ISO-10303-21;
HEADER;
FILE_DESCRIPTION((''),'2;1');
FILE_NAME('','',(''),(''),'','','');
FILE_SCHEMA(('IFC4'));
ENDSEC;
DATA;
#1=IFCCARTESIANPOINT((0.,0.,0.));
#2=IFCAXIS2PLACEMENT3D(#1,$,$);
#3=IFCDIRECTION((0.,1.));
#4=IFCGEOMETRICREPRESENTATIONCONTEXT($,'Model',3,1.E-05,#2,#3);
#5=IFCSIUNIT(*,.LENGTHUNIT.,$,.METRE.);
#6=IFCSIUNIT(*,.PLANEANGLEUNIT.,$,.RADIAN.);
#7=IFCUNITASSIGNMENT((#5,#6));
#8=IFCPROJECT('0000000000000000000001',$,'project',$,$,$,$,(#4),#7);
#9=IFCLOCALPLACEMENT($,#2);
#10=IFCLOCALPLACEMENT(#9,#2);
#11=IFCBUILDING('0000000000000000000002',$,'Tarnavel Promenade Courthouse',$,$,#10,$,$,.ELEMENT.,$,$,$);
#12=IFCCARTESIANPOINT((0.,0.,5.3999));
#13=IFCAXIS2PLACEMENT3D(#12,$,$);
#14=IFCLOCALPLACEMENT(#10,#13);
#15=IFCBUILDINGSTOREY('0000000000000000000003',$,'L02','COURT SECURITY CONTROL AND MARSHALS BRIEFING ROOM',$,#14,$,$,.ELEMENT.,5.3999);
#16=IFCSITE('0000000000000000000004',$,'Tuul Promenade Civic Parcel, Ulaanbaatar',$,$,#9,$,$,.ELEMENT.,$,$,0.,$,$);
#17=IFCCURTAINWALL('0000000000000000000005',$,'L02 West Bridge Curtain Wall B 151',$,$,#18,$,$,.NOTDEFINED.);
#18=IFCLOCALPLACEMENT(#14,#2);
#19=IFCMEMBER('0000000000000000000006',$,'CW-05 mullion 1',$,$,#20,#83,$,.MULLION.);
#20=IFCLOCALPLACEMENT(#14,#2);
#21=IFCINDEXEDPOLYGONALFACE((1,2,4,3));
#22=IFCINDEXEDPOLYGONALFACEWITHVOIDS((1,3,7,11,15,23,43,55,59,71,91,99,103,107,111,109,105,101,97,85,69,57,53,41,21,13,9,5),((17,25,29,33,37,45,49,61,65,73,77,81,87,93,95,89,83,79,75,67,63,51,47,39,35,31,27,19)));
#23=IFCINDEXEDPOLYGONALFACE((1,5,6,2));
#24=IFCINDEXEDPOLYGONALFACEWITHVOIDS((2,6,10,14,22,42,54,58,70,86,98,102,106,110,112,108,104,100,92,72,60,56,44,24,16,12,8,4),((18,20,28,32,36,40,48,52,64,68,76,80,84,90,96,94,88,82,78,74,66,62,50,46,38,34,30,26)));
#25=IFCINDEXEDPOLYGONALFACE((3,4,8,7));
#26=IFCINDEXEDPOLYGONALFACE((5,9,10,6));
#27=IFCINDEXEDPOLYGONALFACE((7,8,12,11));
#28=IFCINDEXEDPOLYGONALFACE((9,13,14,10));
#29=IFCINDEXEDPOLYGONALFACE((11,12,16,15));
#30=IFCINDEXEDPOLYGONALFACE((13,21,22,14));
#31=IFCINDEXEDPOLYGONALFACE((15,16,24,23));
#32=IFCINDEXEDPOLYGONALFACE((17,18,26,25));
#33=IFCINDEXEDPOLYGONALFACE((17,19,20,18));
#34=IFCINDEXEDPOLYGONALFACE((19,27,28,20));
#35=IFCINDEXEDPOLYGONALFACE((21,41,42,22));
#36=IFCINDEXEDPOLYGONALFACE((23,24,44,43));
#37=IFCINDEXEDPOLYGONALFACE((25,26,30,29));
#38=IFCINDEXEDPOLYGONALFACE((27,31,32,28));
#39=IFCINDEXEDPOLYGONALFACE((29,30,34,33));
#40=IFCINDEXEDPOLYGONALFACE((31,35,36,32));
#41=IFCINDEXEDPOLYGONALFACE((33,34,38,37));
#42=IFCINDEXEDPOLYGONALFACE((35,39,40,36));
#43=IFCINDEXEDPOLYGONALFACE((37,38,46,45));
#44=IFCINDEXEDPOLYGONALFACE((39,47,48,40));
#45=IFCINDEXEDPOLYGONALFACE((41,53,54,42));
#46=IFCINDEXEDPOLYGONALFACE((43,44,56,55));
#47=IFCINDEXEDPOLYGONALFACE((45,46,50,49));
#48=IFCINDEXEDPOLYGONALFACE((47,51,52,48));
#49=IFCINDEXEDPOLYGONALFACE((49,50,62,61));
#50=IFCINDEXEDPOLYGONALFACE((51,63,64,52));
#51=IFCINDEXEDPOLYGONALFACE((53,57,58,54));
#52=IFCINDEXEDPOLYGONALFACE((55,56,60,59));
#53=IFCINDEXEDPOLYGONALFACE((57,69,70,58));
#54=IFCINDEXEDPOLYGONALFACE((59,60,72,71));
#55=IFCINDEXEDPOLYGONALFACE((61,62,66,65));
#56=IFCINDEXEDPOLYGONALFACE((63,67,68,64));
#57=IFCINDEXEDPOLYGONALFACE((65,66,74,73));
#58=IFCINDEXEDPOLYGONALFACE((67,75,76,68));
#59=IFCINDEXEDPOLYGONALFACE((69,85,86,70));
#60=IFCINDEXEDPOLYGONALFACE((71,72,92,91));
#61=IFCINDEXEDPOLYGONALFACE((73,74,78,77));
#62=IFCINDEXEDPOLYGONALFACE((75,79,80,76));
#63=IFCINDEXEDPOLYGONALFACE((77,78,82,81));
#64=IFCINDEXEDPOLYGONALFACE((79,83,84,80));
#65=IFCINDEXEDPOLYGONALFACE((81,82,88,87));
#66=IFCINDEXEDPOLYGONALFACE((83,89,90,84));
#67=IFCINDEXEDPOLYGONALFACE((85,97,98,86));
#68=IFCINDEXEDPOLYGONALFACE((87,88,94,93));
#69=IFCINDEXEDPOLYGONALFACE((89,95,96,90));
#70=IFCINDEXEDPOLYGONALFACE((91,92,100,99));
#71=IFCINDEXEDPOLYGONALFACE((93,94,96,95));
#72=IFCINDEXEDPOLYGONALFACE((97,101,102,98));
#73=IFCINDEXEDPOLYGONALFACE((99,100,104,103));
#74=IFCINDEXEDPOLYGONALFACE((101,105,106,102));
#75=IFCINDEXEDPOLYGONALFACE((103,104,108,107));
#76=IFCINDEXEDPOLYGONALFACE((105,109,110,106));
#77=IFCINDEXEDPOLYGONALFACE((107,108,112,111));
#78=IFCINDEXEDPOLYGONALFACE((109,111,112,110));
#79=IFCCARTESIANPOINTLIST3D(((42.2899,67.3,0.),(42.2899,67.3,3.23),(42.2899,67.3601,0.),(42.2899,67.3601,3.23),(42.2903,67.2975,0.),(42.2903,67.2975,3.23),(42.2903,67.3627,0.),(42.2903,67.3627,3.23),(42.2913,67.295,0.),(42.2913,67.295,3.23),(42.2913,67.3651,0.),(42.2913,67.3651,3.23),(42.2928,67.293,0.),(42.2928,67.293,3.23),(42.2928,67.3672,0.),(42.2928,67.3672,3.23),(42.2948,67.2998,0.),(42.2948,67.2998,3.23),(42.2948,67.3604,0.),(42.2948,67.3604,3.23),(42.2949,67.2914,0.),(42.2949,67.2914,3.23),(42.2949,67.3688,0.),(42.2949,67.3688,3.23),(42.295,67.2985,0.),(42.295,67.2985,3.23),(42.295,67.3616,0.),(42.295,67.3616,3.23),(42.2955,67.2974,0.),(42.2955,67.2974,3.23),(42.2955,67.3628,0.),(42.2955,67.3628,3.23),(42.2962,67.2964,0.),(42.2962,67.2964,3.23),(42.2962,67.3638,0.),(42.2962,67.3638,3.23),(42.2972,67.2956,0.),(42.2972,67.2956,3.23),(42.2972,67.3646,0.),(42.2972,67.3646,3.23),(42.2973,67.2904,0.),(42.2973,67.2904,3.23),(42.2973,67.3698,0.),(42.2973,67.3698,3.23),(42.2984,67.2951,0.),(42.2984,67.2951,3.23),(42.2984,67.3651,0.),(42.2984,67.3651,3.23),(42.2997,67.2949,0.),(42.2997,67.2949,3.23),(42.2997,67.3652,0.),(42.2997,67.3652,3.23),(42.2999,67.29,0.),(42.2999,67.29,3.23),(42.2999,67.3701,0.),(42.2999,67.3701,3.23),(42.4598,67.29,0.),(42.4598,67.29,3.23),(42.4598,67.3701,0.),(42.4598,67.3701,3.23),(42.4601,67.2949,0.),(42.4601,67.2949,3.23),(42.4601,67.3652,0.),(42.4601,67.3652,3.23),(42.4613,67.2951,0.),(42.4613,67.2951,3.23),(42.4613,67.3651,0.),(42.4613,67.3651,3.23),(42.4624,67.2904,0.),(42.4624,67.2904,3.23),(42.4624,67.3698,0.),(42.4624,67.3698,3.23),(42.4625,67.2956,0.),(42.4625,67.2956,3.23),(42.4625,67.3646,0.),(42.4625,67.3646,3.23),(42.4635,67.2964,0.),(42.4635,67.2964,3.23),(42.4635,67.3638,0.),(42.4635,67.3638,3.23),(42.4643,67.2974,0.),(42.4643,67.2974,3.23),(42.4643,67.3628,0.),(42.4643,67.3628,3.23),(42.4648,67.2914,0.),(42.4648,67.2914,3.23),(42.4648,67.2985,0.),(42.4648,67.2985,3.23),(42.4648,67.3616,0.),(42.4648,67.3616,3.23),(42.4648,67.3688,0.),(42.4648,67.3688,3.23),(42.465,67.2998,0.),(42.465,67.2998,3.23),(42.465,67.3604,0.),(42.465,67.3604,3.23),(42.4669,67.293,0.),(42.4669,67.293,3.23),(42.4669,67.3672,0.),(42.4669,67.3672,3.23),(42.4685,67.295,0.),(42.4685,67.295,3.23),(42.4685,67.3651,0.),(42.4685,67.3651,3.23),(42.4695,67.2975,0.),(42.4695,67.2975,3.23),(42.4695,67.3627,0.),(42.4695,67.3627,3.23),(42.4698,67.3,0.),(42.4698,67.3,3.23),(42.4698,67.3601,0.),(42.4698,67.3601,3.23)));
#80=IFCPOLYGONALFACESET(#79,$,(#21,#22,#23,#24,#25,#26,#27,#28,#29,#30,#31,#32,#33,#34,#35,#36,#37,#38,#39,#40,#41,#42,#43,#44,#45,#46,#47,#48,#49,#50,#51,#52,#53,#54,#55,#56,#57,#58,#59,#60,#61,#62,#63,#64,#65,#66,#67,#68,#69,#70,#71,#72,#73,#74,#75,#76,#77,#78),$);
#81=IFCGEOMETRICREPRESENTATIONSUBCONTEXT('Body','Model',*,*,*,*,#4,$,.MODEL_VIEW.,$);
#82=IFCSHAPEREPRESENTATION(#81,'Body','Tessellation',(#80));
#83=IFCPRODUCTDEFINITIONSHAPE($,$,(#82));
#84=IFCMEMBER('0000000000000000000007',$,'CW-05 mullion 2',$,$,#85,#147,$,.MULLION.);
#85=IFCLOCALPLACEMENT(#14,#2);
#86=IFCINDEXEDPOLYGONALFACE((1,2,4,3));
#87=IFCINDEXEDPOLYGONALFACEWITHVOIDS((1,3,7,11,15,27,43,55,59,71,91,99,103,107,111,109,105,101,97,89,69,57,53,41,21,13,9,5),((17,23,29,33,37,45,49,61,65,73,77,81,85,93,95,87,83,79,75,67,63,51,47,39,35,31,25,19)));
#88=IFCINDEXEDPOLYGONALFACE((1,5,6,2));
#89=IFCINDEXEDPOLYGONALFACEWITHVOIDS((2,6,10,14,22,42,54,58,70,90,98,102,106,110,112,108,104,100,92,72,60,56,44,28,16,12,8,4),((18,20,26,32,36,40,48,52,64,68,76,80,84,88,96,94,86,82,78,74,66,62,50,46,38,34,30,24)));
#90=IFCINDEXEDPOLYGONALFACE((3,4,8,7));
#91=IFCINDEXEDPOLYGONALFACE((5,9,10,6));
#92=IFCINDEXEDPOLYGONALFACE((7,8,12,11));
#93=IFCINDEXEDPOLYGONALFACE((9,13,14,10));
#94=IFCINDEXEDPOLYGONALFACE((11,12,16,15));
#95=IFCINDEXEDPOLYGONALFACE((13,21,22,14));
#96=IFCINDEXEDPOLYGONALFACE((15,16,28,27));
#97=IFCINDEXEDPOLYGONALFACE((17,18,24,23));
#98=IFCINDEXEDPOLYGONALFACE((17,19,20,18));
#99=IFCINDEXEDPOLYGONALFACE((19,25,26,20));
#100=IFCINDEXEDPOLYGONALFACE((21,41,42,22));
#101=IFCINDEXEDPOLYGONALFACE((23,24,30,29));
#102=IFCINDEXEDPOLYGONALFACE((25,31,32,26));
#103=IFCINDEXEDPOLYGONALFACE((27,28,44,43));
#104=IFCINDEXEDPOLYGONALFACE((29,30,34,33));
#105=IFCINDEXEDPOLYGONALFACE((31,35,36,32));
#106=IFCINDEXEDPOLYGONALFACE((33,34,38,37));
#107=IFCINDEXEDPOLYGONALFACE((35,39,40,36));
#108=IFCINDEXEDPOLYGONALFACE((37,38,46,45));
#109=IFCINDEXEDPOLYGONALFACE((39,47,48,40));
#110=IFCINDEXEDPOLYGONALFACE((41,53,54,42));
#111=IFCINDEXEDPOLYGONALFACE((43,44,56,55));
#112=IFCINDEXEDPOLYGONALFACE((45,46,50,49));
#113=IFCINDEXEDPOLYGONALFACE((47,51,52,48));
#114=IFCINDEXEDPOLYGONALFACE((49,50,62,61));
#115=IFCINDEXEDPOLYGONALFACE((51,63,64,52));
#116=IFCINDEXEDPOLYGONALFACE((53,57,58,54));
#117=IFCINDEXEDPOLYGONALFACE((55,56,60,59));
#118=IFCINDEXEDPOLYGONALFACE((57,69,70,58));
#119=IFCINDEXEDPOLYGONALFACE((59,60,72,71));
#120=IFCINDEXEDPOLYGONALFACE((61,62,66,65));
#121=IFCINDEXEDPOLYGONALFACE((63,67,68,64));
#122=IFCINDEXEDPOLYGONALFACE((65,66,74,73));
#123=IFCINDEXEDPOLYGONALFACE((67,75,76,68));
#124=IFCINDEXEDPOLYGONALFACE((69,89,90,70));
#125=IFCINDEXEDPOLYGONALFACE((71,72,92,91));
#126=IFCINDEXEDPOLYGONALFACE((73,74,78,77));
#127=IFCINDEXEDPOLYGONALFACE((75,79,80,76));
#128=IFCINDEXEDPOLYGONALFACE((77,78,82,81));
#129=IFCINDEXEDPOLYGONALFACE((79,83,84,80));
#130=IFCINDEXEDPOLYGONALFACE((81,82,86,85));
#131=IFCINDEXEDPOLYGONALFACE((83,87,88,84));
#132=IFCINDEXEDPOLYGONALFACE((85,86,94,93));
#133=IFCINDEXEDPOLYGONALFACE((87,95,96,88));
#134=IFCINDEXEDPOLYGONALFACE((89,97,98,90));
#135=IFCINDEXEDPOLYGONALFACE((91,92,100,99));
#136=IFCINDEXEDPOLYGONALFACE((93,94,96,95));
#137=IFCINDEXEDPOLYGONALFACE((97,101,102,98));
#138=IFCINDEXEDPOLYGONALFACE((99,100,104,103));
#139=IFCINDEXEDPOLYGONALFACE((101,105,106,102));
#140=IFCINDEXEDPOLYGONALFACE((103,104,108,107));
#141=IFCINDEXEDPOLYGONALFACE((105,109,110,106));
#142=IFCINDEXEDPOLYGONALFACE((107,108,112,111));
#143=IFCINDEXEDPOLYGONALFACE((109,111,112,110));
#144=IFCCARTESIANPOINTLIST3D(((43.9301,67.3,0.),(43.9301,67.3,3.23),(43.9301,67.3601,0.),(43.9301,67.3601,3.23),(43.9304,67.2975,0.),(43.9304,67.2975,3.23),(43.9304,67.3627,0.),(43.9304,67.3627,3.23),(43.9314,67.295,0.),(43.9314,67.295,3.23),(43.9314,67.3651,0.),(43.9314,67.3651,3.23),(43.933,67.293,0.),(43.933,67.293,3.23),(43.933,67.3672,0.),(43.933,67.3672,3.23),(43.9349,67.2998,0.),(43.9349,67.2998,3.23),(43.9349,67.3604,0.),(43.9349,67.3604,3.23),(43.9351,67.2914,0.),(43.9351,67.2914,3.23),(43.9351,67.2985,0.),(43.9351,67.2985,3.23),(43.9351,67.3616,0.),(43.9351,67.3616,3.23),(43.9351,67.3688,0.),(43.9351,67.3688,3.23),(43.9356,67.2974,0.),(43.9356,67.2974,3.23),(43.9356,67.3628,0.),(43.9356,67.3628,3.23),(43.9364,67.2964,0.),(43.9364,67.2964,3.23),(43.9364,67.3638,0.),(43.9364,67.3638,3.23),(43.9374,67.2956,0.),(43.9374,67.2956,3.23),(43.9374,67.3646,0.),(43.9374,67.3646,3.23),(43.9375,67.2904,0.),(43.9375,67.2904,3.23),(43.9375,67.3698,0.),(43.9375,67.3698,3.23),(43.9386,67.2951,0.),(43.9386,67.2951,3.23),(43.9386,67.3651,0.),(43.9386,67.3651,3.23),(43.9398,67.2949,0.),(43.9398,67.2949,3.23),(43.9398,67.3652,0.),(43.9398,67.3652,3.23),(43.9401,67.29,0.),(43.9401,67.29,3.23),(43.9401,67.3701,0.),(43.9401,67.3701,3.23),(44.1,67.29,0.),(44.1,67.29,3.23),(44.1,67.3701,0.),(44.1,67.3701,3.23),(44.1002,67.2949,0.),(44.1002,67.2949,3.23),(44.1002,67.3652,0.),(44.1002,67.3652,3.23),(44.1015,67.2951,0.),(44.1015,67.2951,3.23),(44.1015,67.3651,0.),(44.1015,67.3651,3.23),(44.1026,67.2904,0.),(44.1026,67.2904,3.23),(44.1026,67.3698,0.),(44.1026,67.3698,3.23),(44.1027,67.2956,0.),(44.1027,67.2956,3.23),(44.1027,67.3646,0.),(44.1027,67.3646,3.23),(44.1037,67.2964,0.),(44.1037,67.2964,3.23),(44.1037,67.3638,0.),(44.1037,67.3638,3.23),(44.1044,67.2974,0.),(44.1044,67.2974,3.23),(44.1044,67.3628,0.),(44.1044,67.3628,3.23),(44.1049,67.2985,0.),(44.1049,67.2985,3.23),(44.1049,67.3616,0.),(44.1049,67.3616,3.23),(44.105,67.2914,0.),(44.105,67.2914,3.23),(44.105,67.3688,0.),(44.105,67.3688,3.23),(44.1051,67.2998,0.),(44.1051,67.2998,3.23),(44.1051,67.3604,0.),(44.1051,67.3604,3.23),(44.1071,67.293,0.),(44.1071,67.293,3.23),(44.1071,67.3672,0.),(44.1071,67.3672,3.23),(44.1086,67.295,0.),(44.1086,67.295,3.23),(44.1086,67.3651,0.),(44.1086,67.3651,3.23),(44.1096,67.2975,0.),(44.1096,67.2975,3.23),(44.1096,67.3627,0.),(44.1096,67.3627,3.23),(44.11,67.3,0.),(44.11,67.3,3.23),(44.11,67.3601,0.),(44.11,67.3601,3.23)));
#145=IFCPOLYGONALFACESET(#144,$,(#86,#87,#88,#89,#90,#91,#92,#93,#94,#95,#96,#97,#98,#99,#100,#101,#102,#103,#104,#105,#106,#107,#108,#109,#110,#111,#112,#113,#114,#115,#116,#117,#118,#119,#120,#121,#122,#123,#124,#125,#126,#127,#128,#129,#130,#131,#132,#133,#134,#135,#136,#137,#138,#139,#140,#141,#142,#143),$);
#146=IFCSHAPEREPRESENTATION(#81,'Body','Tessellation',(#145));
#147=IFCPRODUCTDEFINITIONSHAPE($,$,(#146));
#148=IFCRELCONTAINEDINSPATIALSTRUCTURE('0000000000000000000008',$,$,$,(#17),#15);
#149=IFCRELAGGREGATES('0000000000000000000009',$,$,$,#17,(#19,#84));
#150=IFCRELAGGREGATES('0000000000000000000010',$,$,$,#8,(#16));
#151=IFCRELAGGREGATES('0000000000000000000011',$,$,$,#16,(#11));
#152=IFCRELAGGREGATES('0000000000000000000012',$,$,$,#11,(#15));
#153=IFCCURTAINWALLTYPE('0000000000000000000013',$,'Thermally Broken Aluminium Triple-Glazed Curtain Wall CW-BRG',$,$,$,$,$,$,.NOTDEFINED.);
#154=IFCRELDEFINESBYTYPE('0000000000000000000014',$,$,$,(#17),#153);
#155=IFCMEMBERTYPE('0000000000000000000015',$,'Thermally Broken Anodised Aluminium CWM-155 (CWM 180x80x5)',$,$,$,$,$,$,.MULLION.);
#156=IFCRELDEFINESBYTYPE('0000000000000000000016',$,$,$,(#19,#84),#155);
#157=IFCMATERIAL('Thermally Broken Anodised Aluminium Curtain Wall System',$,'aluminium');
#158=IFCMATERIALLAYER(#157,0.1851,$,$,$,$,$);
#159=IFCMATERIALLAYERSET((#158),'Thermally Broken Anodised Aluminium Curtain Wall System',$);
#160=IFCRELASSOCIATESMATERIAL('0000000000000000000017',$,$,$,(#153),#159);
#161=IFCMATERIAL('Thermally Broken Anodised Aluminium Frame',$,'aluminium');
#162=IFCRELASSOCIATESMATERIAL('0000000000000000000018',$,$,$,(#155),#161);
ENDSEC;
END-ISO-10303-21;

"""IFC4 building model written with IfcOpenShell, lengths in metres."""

from ifc_helpers import new_model, si_unit, direction, frame, origin, origin_2d, place, context, subcontext, project, spatial, hollow_rectangle, extrude, material, layer, layer_set, material_profile, profile_set, type_object, element, aggregate, save


model = new_model("IFC4")

# Units and contexts
model_context = context("Model", 3, precision=1e-05, world=origin(), true_north=direction((0.0, 1.0)))
body_context = subcontext(model_context, "Body", "Model", "MODEL_VIEW")
ifc_project = project(units=[si_unit("LENGTHUNIT", "METRE"), si_unit("PLANEANGLEUNIT", "RADIAN")], contexts=[model_context])

# Site, building, storey
site_placement = place(None, origin())
site = spatial("IfcSite", under=ifc_project, at=site_placement, Name="Tuul Promenade Civic Parcel, Ulaanbaatar", CompositionType="ELEMENT", RefElevation=0.0)
building_placement = place(site_placement, origin())
building = spatial("IfcBuilding", under=site, at=building_placement, Name="Tarnavel Promenade Courthouse", CompositionType="ELEMENT")
storey_placement = place(building_placement, frame((0.0, 0.0, 5.3999)))
storey = spatial("IfcBuildingStorey", under=building, at=storey_placement, Name="L02", Description="COURT SECURITY CONTROL AND MARSHALS BRIEFING ROOM", CompositionType="ELEMENT", Elevation=5.3999)

# Shared definitions
ifc_material_1 = material(Name="Thermally Broken Anodised Aluminium Curtain Wall System", Category="aluminium")
ifc_layer_1 = layer(ifc_material_1, 0.1851)
ifc_layer_set_1 = layer_set([ifc_layer_1], Name="Thermally Broken Anodised Aluminium Curtain Wall System")
curtain_wall_type = type_object("IfcCurtainWallType", Name="Thermally Broken Aluminium Triple-Glazed Curtain Wall CW-BRG", PredefinedType="NOTDEFINED", material=ifc_layer_set_1)
ifc_material_2 = material(Name="Thermally Broken Anodised Aluminium Frame", Category="aluminium")
ifc_material_profile_1 = material_profile(ifc_material_2, hollow_rectangle(XDim=0.0801, YDim=0.1799, WallThickness=0.0049, InnerFilletRadius=0.0049, OuterFilletRadius=0.01, at=origin_2d()), Name="CWM 180x80x5")
ifc_profile_set_1 = profile_set([ifc_material_profile_1], Name="Thermally Broken Anodised Aluminium Frame")
member_type_1 = type_object("IfcMemberType", Name="Thermally Broken Anodised Aluminium CWM-155 (CWM 180x80x5)", PredefinedType="MULLION", material=ifc_profile_set_1)

# Curtain wall, members
curtain_wall_1_placement = place(storey_placement, origin())
curtain_wall_1 = element("IfcCurtainWall", 1, at=curtain_wall_1_placement, inside=storey, type_object=curtain_wall_type, Name="L02 West Bridge Curtain Wall B 151", PredefinedType="NOTDEFINED")
member_1_placement = place(storey_placement, frame((42.3799, 67.3301, 0.0), z_axis=(0.0, 0.0, 1.0), x_axis=(0.0, 1.0, 0.0)))
member_1 = element("IfcMember", 2, at=member_1_placement, type_object=member_type_1, Name="CW-05 mullion 1", PredefinedType="MULLION", context=body_context, shape_type="SweptSolid", body=[
    extrude(hollow_rectangle(XDim=0.0801, YDim=0.1799, WallThickness=0.0049, InnerFilletRadius=0.0049, OuterFilletRadius=0.01, at=origin_2d()), origin(), (0.0, 0.0, 1.0), 3.23),
])
member_2_placement = place(storey_placement, frame((44.02, 67.3301, 0.0), z_axis=(0.0, 0.0, 1.0), x_axis=(0.0, 1.0, 0.0)))
member_2 = element("IfcMember", 3, at=member_2_placement, type_object=member_type_1, Name="CW-05 mullion 2", PredefinedType="MULLION", context=body_context, shape_type="SweptSolid", body=[
    extrude(hollow_rectangle(XDim=0.0801, YDim=0.1799, WallThickness=0.0049, InnerFilletRadius=0.0049, OuterFilletRadius=0.01, at=origin_2d()), origin(), (0.0, 0.0, 1.0), 3.23),
])

aggregate(curtain_wall_1, [member_1, member_2])

save(model, "model.ifc")
